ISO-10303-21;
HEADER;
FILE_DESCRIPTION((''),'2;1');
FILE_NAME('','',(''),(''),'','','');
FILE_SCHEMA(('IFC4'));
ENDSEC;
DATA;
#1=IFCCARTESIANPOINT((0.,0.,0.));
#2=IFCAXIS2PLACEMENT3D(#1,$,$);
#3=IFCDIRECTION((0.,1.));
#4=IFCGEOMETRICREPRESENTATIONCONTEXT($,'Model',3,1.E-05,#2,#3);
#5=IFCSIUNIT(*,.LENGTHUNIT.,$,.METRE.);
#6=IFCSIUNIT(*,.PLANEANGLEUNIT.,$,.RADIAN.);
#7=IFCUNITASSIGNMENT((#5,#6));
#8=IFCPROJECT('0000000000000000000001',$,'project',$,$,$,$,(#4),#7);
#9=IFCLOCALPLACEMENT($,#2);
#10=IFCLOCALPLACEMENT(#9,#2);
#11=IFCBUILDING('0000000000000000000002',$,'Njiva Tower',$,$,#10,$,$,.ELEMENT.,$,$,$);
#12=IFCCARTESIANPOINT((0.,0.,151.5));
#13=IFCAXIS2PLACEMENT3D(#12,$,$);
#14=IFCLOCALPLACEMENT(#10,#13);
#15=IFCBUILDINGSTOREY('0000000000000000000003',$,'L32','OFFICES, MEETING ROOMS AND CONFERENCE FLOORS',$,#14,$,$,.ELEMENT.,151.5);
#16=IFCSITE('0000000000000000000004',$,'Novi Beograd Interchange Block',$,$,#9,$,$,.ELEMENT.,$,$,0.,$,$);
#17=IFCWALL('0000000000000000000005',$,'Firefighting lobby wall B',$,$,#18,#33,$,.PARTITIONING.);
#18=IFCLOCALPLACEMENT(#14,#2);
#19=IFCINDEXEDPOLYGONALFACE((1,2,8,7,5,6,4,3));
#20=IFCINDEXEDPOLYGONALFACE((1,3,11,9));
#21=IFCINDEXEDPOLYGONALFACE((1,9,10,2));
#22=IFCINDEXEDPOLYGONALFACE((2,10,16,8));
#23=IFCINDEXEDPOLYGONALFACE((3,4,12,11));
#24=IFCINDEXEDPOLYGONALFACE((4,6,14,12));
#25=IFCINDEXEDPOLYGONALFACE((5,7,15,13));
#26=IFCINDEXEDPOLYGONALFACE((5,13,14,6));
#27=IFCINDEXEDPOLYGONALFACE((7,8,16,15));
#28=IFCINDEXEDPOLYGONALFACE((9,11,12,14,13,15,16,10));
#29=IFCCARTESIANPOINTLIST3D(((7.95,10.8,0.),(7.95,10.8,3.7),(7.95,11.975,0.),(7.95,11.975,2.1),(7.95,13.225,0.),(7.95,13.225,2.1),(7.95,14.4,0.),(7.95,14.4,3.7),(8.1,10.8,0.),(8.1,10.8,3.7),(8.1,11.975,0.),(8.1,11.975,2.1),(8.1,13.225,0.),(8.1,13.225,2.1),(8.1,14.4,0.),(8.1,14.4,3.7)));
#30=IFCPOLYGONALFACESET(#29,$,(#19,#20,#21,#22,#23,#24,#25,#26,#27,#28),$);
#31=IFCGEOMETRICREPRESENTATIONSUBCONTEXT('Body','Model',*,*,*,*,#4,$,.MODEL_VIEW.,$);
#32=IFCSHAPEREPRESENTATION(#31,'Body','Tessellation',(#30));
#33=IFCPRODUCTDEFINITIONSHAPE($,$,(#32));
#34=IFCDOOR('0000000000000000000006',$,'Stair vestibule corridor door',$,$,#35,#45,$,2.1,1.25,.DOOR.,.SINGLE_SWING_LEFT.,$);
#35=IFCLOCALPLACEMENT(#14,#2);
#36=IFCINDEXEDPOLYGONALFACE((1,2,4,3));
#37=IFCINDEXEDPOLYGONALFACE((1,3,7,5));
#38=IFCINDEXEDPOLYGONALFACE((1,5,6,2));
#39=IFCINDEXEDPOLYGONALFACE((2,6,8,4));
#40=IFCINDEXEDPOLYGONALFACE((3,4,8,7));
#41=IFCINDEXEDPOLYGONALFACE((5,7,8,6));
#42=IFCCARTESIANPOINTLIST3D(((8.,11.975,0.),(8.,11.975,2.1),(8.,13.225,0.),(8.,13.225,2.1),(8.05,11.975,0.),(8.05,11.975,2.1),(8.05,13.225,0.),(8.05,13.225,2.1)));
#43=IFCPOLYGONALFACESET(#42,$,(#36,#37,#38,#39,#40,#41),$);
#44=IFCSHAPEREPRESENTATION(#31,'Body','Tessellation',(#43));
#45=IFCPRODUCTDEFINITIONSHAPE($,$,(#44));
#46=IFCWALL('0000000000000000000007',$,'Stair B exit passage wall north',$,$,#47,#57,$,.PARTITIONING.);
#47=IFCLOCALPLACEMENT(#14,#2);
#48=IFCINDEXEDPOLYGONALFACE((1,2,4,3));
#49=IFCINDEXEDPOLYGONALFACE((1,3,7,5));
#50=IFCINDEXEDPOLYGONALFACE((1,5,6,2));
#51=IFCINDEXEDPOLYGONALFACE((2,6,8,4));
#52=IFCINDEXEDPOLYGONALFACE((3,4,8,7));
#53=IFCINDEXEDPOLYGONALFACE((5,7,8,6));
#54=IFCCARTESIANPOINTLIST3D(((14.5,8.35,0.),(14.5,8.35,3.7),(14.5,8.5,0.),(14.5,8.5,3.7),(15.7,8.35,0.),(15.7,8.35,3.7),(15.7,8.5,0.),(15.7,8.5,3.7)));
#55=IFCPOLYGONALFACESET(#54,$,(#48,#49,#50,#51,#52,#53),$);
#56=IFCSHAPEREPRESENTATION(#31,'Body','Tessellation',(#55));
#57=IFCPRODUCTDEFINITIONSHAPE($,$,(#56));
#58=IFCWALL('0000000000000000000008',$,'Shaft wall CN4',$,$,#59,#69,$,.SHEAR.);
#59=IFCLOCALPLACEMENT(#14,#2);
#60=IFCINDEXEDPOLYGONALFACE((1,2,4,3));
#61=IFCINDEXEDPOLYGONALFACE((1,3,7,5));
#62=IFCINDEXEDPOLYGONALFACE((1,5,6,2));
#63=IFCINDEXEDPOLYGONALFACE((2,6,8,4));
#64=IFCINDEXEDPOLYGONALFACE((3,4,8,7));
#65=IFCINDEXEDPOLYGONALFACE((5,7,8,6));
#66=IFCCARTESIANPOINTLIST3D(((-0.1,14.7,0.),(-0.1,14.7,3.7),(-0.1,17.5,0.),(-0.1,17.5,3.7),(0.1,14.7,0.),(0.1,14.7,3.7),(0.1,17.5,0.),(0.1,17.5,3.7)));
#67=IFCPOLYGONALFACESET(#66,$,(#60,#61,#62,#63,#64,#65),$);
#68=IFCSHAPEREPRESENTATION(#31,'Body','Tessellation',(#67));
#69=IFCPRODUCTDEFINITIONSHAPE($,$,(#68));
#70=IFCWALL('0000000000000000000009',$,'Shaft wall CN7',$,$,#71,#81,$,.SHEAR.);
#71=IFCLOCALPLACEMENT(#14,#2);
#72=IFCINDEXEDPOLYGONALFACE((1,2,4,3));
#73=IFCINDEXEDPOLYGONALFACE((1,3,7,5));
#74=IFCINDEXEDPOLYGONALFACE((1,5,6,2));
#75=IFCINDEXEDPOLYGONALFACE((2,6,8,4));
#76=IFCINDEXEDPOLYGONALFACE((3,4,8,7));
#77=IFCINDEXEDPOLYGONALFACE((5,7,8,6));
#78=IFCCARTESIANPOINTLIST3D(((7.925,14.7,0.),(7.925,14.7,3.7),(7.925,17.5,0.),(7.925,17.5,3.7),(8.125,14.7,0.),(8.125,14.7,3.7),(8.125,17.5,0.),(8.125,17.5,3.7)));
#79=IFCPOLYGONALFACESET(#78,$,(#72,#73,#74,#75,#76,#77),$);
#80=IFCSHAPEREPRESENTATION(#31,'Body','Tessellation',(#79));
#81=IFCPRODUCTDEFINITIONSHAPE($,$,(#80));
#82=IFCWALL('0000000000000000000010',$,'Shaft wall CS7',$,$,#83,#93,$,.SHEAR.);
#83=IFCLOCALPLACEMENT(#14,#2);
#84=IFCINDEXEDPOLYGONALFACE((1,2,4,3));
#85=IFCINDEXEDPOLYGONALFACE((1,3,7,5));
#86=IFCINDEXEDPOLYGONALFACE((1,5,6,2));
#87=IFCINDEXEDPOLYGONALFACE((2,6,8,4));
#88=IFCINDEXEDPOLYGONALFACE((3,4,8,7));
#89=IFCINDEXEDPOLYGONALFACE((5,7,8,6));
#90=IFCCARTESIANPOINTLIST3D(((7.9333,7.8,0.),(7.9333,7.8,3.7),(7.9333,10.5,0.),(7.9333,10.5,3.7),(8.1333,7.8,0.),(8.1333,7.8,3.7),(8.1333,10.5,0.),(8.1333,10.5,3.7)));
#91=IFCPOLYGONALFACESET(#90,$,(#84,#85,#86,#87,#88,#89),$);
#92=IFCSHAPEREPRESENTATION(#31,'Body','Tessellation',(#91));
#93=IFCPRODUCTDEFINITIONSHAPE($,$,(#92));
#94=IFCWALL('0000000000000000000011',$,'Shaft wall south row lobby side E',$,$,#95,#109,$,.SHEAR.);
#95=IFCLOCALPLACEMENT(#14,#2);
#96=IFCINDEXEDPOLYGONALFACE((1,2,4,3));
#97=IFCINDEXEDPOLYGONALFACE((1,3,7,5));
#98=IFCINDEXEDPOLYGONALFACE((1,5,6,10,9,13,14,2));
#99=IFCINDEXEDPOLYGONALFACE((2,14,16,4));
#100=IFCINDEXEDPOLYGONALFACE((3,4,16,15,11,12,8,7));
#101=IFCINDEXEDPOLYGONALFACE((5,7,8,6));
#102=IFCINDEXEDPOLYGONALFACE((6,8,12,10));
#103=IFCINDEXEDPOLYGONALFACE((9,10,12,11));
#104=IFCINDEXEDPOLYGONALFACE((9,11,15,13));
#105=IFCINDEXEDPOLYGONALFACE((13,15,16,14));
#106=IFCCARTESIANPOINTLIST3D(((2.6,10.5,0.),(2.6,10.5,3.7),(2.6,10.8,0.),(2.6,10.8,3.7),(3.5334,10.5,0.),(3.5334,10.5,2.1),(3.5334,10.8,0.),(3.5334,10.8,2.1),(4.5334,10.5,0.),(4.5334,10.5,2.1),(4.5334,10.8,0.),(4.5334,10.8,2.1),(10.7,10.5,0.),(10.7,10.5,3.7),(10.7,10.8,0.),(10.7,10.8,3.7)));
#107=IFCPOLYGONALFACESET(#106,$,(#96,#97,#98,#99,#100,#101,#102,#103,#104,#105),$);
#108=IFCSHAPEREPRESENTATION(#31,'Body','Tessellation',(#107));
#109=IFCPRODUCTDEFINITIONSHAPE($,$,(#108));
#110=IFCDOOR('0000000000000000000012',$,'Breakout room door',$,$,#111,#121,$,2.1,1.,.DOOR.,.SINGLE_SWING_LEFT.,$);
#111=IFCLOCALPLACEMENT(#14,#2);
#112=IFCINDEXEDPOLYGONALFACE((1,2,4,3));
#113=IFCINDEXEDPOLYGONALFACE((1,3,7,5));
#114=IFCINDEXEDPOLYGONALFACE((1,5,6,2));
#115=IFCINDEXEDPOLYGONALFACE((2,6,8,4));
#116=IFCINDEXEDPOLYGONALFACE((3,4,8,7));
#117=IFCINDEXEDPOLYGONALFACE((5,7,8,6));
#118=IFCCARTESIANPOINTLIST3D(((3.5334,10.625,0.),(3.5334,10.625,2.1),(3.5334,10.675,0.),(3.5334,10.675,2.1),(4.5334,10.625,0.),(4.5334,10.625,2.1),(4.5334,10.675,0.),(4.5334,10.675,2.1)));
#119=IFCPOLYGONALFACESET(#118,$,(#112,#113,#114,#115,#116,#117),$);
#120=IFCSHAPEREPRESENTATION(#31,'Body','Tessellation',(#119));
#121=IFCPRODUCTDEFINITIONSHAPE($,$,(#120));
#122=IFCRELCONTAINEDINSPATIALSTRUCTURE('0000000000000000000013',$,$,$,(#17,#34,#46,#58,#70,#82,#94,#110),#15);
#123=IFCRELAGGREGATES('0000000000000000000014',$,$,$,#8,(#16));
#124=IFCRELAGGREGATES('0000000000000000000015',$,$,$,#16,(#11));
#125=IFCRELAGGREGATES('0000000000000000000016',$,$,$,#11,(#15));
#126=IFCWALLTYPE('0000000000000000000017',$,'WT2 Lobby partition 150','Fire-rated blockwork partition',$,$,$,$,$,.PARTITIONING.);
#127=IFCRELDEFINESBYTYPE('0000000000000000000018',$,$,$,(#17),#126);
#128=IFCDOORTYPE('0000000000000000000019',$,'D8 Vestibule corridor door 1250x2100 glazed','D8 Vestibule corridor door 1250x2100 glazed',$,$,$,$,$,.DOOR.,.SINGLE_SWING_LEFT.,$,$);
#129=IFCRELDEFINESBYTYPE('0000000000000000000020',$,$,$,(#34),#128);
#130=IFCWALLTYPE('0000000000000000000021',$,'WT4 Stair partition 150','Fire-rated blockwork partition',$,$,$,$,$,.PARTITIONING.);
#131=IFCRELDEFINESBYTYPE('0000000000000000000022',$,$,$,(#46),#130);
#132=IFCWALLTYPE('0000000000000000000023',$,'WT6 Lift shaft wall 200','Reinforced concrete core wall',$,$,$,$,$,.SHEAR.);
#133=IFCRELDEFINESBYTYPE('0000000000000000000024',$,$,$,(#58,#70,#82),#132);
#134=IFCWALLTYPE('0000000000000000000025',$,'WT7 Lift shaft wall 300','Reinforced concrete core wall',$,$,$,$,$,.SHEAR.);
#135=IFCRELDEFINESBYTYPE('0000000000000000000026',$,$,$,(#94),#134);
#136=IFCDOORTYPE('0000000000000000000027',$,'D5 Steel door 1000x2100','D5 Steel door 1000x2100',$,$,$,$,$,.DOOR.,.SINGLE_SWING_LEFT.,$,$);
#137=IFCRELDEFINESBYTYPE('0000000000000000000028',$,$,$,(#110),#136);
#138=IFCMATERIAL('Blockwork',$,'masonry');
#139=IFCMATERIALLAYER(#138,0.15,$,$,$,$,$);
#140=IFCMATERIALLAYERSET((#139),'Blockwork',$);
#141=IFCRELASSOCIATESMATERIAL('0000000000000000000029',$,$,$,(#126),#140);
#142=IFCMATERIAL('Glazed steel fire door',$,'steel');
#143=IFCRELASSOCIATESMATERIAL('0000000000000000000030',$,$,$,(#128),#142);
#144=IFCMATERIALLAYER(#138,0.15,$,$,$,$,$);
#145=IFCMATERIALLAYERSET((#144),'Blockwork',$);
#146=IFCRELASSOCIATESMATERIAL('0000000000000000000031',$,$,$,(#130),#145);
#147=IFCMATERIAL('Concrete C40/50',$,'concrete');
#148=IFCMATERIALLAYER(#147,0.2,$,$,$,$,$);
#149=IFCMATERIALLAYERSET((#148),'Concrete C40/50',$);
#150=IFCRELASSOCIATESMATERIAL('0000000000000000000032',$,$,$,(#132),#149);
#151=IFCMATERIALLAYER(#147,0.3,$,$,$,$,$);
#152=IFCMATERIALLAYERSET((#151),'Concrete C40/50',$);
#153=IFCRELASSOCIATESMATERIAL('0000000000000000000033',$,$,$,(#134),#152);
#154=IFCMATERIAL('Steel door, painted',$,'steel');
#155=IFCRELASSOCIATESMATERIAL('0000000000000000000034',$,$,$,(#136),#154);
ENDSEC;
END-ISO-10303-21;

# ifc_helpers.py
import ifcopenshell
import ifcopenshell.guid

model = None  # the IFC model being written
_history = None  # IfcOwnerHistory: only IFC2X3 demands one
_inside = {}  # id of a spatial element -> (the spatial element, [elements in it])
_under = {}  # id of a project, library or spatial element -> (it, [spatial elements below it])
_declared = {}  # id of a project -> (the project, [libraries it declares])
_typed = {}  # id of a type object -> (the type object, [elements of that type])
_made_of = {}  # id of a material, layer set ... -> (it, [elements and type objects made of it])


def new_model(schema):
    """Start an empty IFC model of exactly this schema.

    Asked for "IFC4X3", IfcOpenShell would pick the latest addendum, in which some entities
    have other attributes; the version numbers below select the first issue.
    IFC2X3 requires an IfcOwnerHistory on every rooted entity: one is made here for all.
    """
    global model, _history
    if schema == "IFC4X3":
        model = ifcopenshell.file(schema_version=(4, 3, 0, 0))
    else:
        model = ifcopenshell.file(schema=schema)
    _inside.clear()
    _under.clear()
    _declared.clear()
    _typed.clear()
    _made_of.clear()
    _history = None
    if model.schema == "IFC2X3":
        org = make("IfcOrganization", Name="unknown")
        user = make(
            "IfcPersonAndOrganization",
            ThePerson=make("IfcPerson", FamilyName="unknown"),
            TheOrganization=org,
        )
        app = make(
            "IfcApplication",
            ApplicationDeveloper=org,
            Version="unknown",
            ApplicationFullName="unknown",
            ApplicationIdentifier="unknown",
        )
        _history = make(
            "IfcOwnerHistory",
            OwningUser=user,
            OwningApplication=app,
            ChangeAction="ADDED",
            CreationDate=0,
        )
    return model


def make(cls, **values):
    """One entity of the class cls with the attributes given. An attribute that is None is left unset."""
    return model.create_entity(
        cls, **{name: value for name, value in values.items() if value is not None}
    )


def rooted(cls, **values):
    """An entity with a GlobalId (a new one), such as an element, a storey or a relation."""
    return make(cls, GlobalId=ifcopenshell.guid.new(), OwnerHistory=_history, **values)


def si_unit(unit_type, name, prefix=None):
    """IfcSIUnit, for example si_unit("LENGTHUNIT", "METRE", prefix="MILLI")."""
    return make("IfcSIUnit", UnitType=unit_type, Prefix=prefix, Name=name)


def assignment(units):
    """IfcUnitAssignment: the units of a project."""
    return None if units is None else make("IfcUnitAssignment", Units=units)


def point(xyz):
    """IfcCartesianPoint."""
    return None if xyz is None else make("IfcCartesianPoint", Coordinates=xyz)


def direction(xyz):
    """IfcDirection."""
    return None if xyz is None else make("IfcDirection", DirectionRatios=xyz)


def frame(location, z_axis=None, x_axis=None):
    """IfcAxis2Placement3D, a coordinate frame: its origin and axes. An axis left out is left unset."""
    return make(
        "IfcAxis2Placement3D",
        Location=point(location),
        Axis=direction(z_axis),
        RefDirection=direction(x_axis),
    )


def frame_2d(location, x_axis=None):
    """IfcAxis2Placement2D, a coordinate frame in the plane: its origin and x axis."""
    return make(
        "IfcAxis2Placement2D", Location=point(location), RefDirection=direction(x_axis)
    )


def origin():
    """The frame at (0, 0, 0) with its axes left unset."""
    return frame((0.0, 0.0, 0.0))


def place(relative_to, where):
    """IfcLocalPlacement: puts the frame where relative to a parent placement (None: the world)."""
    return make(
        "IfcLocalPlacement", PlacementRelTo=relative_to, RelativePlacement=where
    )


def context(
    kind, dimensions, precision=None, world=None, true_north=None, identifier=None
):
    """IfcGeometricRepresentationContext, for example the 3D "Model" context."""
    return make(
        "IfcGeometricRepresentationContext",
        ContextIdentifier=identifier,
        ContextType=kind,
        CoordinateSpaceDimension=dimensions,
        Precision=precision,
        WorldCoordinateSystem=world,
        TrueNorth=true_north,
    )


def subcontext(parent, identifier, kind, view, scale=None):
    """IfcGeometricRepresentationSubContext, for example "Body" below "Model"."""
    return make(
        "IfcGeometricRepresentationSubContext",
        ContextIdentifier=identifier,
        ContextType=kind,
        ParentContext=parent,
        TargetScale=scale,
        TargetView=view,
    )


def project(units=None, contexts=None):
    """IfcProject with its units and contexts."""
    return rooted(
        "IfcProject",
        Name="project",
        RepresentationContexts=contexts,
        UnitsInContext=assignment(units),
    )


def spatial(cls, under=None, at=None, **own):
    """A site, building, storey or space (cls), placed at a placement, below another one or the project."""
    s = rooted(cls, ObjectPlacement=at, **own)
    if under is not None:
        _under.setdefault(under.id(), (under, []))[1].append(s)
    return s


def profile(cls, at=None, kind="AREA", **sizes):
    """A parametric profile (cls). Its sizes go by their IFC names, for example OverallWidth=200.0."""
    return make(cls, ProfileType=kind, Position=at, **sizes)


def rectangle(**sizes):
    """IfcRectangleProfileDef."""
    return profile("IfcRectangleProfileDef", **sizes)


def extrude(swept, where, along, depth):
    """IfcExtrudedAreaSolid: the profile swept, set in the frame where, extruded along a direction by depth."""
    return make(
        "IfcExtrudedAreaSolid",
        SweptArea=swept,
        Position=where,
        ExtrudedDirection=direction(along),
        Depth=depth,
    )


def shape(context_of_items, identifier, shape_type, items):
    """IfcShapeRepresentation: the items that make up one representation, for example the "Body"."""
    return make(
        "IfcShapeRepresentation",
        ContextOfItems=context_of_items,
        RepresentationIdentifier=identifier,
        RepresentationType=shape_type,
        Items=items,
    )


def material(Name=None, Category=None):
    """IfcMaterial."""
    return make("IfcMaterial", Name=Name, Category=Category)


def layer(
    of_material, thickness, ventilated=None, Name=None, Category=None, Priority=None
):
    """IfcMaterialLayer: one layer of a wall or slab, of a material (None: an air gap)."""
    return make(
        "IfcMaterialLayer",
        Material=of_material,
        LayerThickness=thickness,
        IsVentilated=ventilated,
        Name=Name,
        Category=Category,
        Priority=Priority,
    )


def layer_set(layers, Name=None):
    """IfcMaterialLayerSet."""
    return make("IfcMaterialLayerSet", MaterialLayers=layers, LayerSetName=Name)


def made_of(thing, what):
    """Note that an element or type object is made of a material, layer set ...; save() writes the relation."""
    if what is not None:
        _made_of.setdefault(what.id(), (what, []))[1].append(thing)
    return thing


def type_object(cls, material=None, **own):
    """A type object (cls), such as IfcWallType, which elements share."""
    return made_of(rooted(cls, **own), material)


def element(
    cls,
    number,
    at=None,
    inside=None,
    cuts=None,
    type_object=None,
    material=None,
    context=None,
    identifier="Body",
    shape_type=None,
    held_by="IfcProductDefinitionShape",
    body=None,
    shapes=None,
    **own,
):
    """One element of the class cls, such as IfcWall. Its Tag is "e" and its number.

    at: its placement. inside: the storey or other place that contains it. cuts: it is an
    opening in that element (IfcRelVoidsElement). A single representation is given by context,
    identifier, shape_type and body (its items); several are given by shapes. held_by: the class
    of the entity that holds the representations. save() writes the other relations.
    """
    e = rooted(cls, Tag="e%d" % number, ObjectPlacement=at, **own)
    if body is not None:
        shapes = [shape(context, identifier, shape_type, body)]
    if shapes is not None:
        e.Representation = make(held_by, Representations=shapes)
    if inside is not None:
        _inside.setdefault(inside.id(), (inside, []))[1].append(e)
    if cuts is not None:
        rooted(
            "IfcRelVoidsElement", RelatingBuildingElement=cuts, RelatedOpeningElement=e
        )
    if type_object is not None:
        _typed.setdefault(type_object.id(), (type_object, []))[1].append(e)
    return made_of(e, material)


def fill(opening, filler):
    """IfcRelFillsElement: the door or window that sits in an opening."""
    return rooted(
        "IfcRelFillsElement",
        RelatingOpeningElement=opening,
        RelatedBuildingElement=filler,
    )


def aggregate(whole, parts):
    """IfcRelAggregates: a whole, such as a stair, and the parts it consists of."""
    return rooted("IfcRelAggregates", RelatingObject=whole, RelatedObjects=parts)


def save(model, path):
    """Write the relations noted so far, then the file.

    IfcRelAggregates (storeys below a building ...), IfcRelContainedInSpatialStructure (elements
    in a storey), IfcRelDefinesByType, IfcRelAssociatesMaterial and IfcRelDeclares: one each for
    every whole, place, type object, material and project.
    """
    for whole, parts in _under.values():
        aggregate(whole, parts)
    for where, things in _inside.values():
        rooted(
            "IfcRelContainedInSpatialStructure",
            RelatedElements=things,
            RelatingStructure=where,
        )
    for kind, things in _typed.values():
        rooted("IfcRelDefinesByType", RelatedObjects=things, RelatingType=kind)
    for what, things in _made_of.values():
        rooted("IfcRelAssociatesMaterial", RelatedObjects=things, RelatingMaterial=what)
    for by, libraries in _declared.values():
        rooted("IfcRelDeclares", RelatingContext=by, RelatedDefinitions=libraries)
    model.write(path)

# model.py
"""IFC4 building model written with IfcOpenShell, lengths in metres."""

from ifc_helpers import new_model, si_unit, direction, frame, frame_2d, origin, place, context, subcontext, project, spatial, rectangle, extrude, material, layer, layer_set, type_object, element, fill, save


model = new_model("IFC4")

# Units and contexts
model_context = context("Model", 3, precision=1e-05, world=origin(), true_north=direction((0.0, 1.0)))
body_context = subcontext(model_context, "Body", "Model", "MODEL_VIEW")
ifc_project = project(units=[si_unit("LENGTHUNIT", "METRE"), si_unit("PLANEANGLEUNIT", "RADIAN")], contexts=[model_context])

# Site, building, storey
site_placement = place(None, origin())
site = spatial("IfcSite", under=ifc_project, at=site_placement, Name="Novi Beograd Interchange Block", CompositionType="ELEMENT", RefElevation=0.0)
building_placement = place(site_placement, origin())
building = spatial("IfcBuilding", under=site, at=building_placement, Name="Njiva Tower", CompositionType="ELEMENT")
storey_placement = place(building_placement, frame((0.0, 0.0, 151.5)))
storey = spatial("IfcBuildingStorey", under=building, at=storey_placement, Name="L32", Description="OFFICES, MEETING ROOMS AND CONFERENCE FLOORS", CompositionType="ELEMENT", Elevation=151.5)

# Shared definitions
ifc_material_1 = material(Name="Blockwork", Category="masonry")

# Wall, opening, door
ifc_material_2 = material(Name="Concrete C40/50", Category="concrete")
ifc_material_3 = material(Name="Glazed steel fire door", Category="steel")
ifc_layer_1 = layer(ifc_material_1, 0.15)
ifc_layer_set_1 = layer_set([ifc_layer_1], Name="Blockwork")
wall_type_1 = type_object("IfcWallType", Name="WT2 Lobby partition 150", Description="Fire-rated blockwork partition", PredefinedType="PARTITIONING", material=ifc_layer_set_1)
wall_1_placement = place(storey_placement, frame((8.025, 10.8, 0.0), z_axis=(0.0, 0.0, 1.0), x_axis=(0.0, 1.0, 0.0)))
wall_1 = element("IfcWall", 1, at=wall_1_placement, inside=storey, type_object=wall_type_1, Name="Firefighting lobby wall B", PredefinedType="PARTITIONING", context=body_context, shape_type="SweptSolid", body=[
    extrude(rectangle(XDim=3.6, YDim=0.15, at=frame_2d((1.8, 0.0))), origin(), (0.0, 0.0, 1.0), 3.7),
])
opening_1_placement = place(wall_1_placement, frame((1.175, 0.0, 0.0)))
opening_1 = element("IfcOpeningElement", 2, at=opening_1_placement, cuts=wall_1, PredefinedType="OPENING", context=body_context, shape_type="SweptSolid", body=[
    extrude(rectangle(XDim=1.25, YDim=2.1, at=frame_2d((0.625, 1.05))), frame((0.0, 0.085, 0.0), z_axis=(0.0, -1.0, 0.0), x_axis=(1.0, 0.0, 0.0)), (0.0, 0.0, 1.0), 0.17),
])
door_type_1 = type_object("IfcDoorType", Name="D8 Vestibule corridor door 1250x2100 glazed", Description="D8 Vestibule corridor door 1250x2100 glazed", OperationType="SINGLE_SWING_LEFT", PredefinedType="DOOR", material=ifc_material_3)
door_1_placement = place(opening_1_placement, origin())
door_1 = element("IfcDoor", 3, at=door_1_placement, inside=storey, type_object=door_type_1, Name="Stair vestibule corridor door", OperationType="SINGLE_SWING_LEFT", OverallHeight=2.1, OverallWidth=1.25, PredefinedType="DOOR", context=body_context, shape_type="SweptSolid", body=[
    extrude(rectangle(XDim=1.25, YDim=2.1, at=frame_2d((0.625, 1.05))), frame((0.0, 0.025, 0.0), z_axis=(0.0, -1.0, 0.0), x_axis=(1.0, 0.0, 0.0)), (0.0, 0.0, 1.0), 0.05),
])
fill(opening_1, door_1)

# Walls
ifc_layer_2 = layer(ifc_material_1, 0.15)
ifc_layer_set_2 = layer_set([ifc_layer_2], Name="Blockwork")
wall_type_2 = type_object("IfcWallType", Name="WT4 Stair partition 150", Description="Fire-rated blockwork partition", PredefinedType="PARTITIONING", material=ifc_layer_set_2)
wall_2_placement = place(storey_placement, frame((14.5, 8.425, 0.0), z_axis=(0.0, 0.0, 1.0), x_axis=(1.0, 0.0, 0.0)))
element("IfcWall", 4, at=wall_2_placement, inside=storey, type_object=wall_type_2, Name="Stair B exit passage wall north", PredefinedType="PARTITIONING", context=body_context, shape_type="SweptSolid", body=[
    extrude(rectangle(XDim=1.2, YDim=0.15, at=frame_2d((0.6, 0.0))), origin(), (0.0, 0.0, 1.0), 3.7),
])
ifc_layer_3 = layer(ifc_material_2, 0.2)
ifc_layer_set_3 = layer_set([ifc_layer_3], Name="Concrete C40/50")
wall_type_3 = type_object("IfcWallType", Name="WT6 Lift shaft wall 200", Description="Reinforced concrete core wall", PredefinedType="SHEAR", material=ifc_layer_set_3)
for number, where, z_axis, x_axis, name in (
    (5, (0.0, 14.7, 0.0), (0.0, 0.0, 1.0), (0.0, 1.0, 0.0), "Shaft wall CN4"),
    (6, (8.025, 14.7, 0.0), (0.0, 0.0, 1.0), (0.0, 1.0, 0.0), "Shaft wall CN7"),
):
    element("IfcWall", number, at=place(storey_placement, frame(where, z_axis=z_axis, x_axis=x_axis)), inside=storey, type_object=wall_type_3, Name=name, PredefinedType="SHEAR", context=body_context, shape_type="SweptSolid", body=[
        extrude(rectangle(XDim=2.8, YDim=0.2, at=frame_2d((1.4, 0.0))), origin(), (0.0, 0.0, 1.0), 3.7),
    ])
wall_3_placement = place(storey_placement, frame((8.0333, 7.8, 0.0), z_axis=(0.0, 0.0, 1.0), x_axis=(0.0, 1.0, 0.0)))
element("IfcWall", 7, at=wall_3_placement, inside=storey, type_object=wall_type_3, Name="Shaft wall CS7", PredefinedType="SHEAR", context=body_context, shape_type="SweptSolid", body=[
    extrude(rectangle(XDim=2.7, YDim=0.2, at=frame_2d((1.35, 0.0))), origin(), (0.0, 0.0, 1.0), 3.7),
])

# Wall, opening, door
ifc_layer_4 = layer(ifc_material_2, 0.3)
ifc_layer_set_4 = layer_set([ifc_layer_4], Name="Concrete C40/50")
wall_type_4 = type_object("IfcWallType", Name="WT7 Lift shaft wall 300", Description="Reinforced concrete core wall", PredefinedType="SHEAR", material=ifc_layer_set_4)
wall_4_placement = place(storey_placement, frame((2.6, 10.65, 0.0), z_axis=(0.0, 0.0, 1.0), x_axis=(1.0, 0.0, 0.0)))
wall_4 = element("IfcWall", 8, at=wall_4_placement, inside=storey, type_object=wall_type_4, Name="Shaft wall south row lobby side E", PredefinedType="SHEAR", context=body_context, shape_type="SweptSolid", body=[
    extrude(rectangle(XDim=8.1, YDim=0.3, at=frame_2d((4.05, 0.0))), origin(), (0.0, 0.0, 1.0), 3.7),
])
opening_2_placement = place(wall_4_placement, frame((0.9334, 0.0, 0.0)))
opening_2 = element("IfcOpeningElement", 9, at=opening_2_placement, cuts=wall_4, PredefinedType="OPENING", context=body_context, shape_type="SweptSolid", body=[
    extrude(rectangle(XDim=1.0, YDim=2.1, at=frame_2d((0.5, 1.05))), frame((0.0, 0.16, 0.0), z_axis=(0.0, -1.0, 0.0), x_axis=(1.0, 0.0, 0.0)), (0.0, 0.0, 1.0), 0.32),
])
ifc_material_4 = material(Name="Steel door, painted", Category="steel")
door_type_2 = type_object("IfcDoorType", Name="D5 Steel door 1000x2100", Description="D5 Steel door 1000x2100", OperationType="SINGLE_SWING_LEFT", PredefinedType="DOOR", material=ifc_material_4)
door_2_placement = place(opening_2_placement, origin())
door_2 = element("IfcDoor", 10, at=door_2_placement, inside=storey, type_object=door_type_2, Name="Breakout room door", OperationType="SINGLE_SWING_LEFT", OverallHeight=2.1, OverallWidth=1.0, PredefinedType="DOOR", context=body_context, shape_type="SweptSolid", body=[
    extrude(rectangle(XDim=1.0, YDim=2.1, at=frame_2d((0.5, 1.05))), frame((0.0, 0.025, 0.0), z_axis=(0.0, -1.0, 0.0), x_axis=(1.0, 0.0, 0.0)), (0.0, 0.0, 1.0), 0.05),
])
fill(opening_2, door_2)

save(model, "model.ifc")
